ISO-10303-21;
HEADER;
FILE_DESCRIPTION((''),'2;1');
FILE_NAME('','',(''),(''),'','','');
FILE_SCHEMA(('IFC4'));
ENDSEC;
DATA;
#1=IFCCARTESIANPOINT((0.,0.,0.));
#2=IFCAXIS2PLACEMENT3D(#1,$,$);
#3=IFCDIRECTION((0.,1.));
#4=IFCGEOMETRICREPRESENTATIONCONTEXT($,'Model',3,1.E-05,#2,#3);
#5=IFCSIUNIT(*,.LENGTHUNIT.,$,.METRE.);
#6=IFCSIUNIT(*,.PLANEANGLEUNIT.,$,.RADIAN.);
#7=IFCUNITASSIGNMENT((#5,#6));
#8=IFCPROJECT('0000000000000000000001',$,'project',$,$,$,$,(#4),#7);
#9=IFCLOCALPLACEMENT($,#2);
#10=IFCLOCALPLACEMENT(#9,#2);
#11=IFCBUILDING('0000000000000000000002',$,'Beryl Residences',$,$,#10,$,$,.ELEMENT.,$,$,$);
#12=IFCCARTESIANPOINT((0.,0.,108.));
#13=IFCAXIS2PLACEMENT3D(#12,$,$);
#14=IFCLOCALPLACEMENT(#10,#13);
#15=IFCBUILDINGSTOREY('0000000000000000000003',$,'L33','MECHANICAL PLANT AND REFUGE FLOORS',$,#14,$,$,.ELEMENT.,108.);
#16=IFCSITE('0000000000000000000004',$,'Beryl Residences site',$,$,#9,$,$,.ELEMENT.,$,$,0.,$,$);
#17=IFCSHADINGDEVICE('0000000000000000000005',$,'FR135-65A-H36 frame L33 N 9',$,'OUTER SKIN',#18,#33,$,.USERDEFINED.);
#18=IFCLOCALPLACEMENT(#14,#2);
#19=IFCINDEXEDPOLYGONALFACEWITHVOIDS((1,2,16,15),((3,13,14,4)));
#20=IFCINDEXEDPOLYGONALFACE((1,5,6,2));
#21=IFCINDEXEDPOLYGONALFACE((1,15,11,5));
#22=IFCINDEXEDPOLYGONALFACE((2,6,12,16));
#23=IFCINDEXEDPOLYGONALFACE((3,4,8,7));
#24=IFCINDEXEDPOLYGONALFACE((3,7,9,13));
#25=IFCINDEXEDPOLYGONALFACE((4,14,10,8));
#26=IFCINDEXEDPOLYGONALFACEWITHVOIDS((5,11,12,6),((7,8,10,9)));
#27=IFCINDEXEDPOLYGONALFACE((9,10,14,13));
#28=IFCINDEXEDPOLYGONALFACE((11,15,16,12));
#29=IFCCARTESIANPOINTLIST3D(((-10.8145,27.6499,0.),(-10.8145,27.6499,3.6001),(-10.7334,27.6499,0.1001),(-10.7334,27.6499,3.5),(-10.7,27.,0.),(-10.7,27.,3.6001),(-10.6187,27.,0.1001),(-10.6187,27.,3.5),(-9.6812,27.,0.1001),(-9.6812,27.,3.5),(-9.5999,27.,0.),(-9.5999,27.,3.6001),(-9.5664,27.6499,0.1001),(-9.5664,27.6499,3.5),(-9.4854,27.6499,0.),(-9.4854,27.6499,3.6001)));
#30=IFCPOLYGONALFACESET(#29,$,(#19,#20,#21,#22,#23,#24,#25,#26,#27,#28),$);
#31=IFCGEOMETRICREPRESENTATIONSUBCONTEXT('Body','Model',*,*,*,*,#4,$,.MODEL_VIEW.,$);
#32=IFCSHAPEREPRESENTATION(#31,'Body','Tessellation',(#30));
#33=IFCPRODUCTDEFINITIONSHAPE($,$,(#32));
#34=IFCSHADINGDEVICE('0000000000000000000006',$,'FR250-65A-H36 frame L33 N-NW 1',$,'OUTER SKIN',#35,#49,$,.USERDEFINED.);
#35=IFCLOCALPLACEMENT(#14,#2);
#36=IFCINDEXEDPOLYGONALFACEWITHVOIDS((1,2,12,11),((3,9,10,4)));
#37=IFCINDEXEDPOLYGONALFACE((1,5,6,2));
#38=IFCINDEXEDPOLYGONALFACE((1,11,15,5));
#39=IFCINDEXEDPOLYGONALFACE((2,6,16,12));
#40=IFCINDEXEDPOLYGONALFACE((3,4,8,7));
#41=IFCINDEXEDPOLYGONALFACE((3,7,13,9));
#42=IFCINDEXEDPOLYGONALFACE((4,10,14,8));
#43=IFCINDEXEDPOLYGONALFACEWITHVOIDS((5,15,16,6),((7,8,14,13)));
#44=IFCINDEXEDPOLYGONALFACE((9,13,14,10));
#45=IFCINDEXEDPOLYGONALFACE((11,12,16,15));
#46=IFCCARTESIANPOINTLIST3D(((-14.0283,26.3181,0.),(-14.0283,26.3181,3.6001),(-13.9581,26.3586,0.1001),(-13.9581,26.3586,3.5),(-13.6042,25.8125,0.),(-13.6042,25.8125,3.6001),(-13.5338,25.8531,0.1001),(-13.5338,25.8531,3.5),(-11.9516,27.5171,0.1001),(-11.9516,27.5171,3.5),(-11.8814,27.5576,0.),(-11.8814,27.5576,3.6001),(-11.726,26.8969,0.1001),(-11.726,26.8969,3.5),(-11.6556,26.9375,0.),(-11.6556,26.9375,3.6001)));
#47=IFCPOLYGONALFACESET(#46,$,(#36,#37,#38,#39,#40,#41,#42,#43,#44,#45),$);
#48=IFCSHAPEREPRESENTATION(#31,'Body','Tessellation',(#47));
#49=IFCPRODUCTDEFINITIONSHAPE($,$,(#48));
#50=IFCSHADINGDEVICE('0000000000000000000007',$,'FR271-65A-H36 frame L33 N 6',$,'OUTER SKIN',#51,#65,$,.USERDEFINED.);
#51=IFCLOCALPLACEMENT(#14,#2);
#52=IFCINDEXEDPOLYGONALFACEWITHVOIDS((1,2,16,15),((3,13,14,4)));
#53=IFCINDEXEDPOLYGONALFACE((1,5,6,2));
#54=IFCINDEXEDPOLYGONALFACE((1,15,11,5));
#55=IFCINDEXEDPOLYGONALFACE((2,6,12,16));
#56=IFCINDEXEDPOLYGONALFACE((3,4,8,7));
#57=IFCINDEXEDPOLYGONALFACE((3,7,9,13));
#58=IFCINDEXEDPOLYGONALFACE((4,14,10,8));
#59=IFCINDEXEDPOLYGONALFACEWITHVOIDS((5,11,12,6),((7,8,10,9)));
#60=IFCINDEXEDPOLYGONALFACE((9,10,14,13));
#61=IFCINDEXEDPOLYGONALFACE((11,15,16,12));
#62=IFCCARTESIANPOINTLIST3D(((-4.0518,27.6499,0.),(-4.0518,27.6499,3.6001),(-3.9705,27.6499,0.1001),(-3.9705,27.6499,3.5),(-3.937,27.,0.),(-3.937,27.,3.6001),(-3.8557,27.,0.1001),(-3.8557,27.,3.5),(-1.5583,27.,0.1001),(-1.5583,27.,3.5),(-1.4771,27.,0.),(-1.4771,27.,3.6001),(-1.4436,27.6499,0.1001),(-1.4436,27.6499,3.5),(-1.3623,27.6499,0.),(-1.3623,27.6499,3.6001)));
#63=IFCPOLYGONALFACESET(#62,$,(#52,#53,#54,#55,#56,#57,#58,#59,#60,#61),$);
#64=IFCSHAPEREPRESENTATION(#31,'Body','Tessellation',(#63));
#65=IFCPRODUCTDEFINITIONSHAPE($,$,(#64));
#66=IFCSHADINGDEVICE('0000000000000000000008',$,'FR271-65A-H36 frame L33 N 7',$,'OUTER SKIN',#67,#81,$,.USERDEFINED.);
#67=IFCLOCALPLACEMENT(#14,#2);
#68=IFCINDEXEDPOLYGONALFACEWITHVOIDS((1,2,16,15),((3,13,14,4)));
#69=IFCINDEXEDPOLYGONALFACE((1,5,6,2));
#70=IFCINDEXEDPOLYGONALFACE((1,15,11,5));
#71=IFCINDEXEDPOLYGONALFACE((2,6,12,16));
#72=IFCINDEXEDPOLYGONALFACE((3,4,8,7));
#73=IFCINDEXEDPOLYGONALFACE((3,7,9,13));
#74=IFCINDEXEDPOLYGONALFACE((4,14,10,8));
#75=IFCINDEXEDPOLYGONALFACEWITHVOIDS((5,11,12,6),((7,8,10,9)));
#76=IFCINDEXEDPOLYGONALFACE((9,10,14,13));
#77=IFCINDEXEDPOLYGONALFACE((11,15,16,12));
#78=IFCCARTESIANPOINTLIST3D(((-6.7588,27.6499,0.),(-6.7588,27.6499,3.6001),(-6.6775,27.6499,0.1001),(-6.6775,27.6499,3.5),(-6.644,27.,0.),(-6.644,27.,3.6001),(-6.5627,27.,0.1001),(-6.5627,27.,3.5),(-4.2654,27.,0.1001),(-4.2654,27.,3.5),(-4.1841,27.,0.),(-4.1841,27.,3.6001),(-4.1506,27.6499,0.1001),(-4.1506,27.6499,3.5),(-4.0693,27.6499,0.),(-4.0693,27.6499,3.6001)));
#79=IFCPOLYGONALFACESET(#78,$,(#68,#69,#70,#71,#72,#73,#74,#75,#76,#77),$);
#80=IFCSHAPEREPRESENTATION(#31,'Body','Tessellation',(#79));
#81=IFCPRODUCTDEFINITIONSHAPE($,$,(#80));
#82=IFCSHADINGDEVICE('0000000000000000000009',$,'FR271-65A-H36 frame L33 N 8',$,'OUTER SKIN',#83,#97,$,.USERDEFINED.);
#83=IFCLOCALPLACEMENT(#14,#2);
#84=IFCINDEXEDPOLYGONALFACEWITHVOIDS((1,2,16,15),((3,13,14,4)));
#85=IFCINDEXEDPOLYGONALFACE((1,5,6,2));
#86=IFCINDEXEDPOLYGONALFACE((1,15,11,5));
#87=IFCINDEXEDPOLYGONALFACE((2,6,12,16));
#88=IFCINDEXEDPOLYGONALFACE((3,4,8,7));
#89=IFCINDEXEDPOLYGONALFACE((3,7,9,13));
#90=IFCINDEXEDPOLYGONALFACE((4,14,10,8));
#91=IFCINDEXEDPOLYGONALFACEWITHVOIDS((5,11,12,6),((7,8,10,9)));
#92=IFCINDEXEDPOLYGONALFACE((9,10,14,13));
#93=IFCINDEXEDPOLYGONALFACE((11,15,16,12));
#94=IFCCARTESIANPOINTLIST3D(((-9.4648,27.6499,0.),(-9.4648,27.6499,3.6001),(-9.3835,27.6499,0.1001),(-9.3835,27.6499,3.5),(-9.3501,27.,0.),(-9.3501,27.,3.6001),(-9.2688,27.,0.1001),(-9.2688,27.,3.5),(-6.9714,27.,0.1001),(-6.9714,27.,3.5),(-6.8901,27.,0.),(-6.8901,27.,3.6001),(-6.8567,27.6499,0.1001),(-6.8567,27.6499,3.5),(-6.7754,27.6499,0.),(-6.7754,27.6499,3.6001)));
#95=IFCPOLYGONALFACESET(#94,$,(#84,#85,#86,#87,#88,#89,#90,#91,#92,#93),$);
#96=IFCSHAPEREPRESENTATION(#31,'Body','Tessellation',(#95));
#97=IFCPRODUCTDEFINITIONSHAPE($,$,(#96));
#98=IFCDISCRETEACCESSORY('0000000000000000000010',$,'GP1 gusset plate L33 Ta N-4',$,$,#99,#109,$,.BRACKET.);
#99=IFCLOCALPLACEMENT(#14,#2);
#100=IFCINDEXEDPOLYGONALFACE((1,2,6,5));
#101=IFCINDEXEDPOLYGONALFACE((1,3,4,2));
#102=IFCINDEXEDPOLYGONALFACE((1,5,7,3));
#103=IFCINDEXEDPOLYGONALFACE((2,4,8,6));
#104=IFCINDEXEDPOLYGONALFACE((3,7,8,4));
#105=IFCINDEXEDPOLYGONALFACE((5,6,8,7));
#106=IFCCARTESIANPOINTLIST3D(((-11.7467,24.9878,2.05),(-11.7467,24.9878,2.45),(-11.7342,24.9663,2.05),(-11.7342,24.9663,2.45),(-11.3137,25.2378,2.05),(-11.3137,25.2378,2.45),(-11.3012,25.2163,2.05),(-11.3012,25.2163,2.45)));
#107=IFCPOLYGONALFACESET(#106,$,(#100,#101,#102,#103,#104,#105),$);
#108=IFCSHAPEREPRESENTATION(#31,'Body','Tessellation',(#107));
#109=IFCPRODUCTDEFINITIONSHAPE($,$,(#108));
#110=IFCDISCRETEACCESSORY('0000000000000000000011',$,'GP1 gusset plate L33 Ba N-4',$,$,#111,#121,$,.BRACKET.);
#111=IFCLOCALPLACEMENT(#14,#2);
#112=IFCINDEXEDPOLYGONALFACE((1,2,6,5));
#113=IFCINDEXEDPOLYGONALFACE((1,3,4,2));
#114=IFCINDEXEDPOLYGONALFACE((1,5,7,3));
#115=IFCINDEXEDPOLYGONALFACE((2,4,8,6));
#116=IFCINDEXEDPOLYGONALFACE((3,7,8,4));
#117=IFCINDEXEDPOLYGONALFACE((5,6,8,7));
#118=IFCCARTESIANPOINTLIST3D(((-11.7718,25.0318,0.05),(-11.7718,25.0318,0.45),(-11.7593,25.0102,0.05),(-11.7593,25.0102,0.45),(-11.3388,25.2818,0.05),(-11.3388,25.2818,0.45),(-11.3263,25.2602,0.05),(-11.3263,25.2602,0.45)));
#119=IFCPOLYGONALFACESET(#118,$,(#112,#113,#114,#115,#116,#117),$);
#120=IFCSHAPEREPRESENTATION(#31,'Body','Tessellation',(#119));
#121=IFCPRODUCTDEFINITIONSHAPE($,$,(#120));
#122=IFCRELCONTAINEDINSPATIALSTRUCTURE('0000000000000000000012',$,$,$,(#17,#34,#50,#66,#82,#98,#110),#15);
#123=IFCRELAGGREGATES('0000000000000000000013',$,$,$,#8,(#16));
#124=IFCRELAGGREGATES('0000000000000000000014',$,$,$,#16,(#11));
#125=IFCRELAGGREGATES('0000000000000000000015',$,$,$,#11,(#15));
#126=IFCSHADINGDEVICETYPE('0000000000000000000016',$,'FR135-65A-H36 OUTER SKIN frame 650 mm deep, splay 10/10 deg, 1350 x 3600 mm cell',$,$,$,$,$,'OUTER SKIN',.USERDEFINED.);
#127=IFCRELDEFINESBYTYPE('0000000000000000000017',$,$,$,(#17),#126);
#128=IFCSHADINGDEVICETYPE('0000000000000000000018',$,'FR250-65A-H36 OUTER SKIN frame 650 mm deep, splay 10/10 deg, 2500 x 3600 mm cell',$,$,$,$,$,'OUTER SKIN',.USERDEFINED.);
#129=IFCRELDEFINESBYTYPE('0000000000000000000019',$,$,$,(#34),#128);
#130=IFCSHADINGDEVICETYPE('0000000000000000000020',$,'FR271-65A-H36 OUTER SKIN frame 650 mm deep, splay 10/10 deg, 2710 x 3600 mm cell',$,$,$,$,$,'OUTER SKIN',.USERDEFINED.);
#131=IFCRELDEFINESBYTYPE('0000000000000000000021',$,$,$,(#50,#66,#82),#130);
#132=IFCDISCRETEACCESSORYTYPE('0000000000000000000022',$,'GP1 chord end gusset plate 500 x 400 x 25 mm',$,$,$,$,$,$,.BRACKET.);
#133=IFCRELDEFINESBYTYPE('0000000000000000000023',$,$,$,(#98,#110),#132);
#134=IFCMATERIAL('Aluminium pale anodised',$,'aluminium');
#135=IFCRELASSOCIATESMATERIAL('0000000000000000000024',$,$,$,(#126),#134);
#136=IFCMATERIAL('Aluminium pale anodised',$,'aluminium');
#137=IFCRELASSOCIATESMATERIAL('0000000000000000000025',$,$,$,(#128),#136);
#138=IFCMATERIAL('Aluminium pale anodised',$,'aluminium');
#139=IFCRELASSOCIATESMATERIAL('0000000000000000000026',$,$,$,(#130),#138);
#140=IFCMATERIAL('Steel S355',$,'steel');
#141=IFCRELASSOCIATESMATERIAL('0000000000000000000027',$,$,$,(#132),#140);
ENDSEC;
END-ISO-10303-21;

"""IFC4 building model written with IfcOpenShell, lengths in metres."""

from ifc_helpers import new_model, entity, si_unit, direction, frame, origin, origin_2d, place, context, subcontext, project, spatial, rectangle, extrude, source, transform, mapped, material, type_object, type_shapes, element, save


model = new_model("IFC4")

# Units and contexts
model_context = context("Model", 3, precision=1e-05, world=origin(), true_north=direction((0.0, 1.0)))
body_context = subcontext(model_context, "Body", "Model", "MODEL_VIEW")
ifc_project = project(units=[si_unit("LENGTHUNIT", "METRE"), si_unit("PLANEANGLEUNIT", "RADIAN")], contexts=[model_context])

# Site, building, storey
site_placement = place(None, origin())
site = spatial("IfcSite", under=ifc_project, at=site_placement, Name="Beryl Residences site", CompositionType="ELEMENT", RefElevation=0.0)
building_placement = place(site_placement, origin())
building = spatial("IfcBuilding", under=site, at=building_placement, Name="Beryl Residences", CompositionType="ELEMENT")
storey_placement = place(building_placement, frame((0.0, 0.0, 108.0)))
storey = spatial("IfcBuildingStorey", under=building, at=storey_placement, Name="L33", Description="MECHANICAL PLANT AND REFUGE FLOORS", CompositionType="ELEMENT", Elevation=108.0)

# Shading devices
ifc_material_1 = material(Name="Aluminium pale anodised", Category="aluminium")
shading_device_type_1 = type_object("IfcShadingDeviceType", Name="FR135-65A-H36 OUTER SKIN frame 650 mm deep, splay 10/10 deg, 1350 x 3600 mm cell", ElementType="OUTER SKIN", PredefinedType="USERDEFINED", material=ifc_material_1)
cartesian_point_1 = entity("IfcCartesianPoint", [-0.55, 0.0])
cartesian_point_2 = entity("IfcCartesianPoint", [-0.4688, 0.1001])
cartesian_point_3 = entity("IfcCartesianPoint", [-0.6646, 0.0])
cartesian_point_4 = entity("IfcCartesianPoint", [-0.5835, 0.1001])
shared_shape_1 = source(origin(), body_context, "Body", "SweptSolid", [
    entity("IfcExtrudedAreaSolidTapered", entity("IfcArbitraryProfileDefWithVoids", "AREA", None, entity("IfcPolyline", [cartesian_point_1, entity("IfcCartesianPoint", [0.55, 0.0]), entity("IfcCartesianPoint", [0.55, 3.6001]), entity("IfcCartesianPoint", [-0.55, 3.6001]), cartesian_point_1]), [entity("IfcPolyline", [cartesian_point_2, entity("IfcCartesianPoint", [0.4688, 0.1001]), entity("IfcCartesianPoint", [0.4688, 3.5]), entity("IfcCartesianPoint", [-0.4688, 3.5]), cartesian_point_2])]), entity("IfcAxis2Placement3D", entity("IfcCartesianPoint", [0.0, 0.0, 0.0]), entity("IfcDirection", [0.0, 1.0, 0.0]), entity("IfcDirection", [-1.0, 0.0, 0.0])), entity("IfcDirection", [0.0, 0.0, 1.0]), 0.6499, entity("IfcArbitraryProfileDefWithVoids", "AREA", None, entity("IfcPolyline", [cartesian_point_3, entity("IfcCartesianPoint", [0.6646, 0.0]), entity("IfcCartesianPoint", [0.6646, 3.6001]), entity("IfcCartesianPoint", [-0.6646, 3.6001]), cartesian_point_3]), [entity("IfcPolyline", [cartesian_point_4, entity("IfcCartesianPoint", [0.5835, 0.1001]), entity("IfcCartesianPoint", [0.5835, 3.5]), entity("IfcCartesianPoint", [-0.5835, 3.5]), cartesian_point_4])])),
])
type_shapes(shading_device_type_1, [shared_shape_1])
shading_device_1_placement = place(storey_placement, frame((-10.1499, 27.0, 0.0), z_axis=(0.0, 0.0, 1.0), x_axis=(1.0, 0.0, 0.0)))
element("IfcShadingDevice", 1, at=shading_device_1_placement, inside=storey, type_object=shading_device_type_1, Name="FR135-65A-H36 frame L33 N 9", ObjectType="OUTER SKIN", PredefinedType="USERDEFINED", context=body_context, shape_type="MappedRepresentation", body=[
    mapped(shared_shape_1, transform((0.0, 0.0, 0.0))),
])
ifc_material_2 = material(Name="Aluminium pale anodised", Category="aluminium")
shading_device_type_2 = type_object("IfcShadingDeviceType", Name="FR250-65A-H36 OUTER SKIN frame 650 mm deep, splay 10/10 deg, 2500 x 3600 mm cell", ElementType="OUTER SKIN", PredefinedType="USERDEFINED", material=ifc_material_2)
cartesian_point_5 = entity("IfcCartesianPoint", [-1.125, 0.0])
cartesian_point_6 = entity("IfcCartesianPoint", [-1.0437, 0.1001])
cartesian_point_7 = entity("IfcCartesianPoint", [-1.2395, 0.0])
cartesian_point_8 = entity("IfcCartesianPoint", [-1.1584, 0.1001])
shared_shape_2 = source(origin(), body_context, "Body", "SweptSolid", [
    entity("IfcExtrudedAreaSolidTapered", entity("IfcArbitraryProfileDefWithVoids", "AREA", None, entity("IfcPolyline", [cartesian_point_5, entity("IfcCartesianPoint", [1.125, 0.0]), entity("IfcCartesianPoint", [1.125, 3.6001]), entity("IfcCartesianPoint", [-1.125, 3.6001]), cartesian_point_5]), [entity("IfcPolyline", [cartesian_point_6, entity("IfcCartesianPoint", [1.0437, 0.1001]), entity("IfcCartesianPoint", [1.0437, 3.5]), entity("IfcCartesianPoint", [-1.0437, 3.5]), cartesian_point_6])]), entity("IfcAxis2Placement3D", entity("IfcCartesianPoint", [0.0, 0.0, 0.0]), entity("IfcDirection", [0.0, 1.0, 0.0]), entity("IfcDirection", [-1.0, 0.0, 0.0])), entity("IfcDirection", [0.0, 0.0, 1.0]), 0.6499, entity("IfcArbitraryProfileDefWithVoids", "AREA", None, entity("IfcPolyline", [cartesian_point_7, entity("IfcCartesianPoint", [1.2395, 0.0]), entity("IfcCartesianPoint", [1.2395, 3.6001]), entity("IfcCartesianPoint", [-1.2395, 3.6001]), cartesian_point_7]), [entity("IfcPolyline", [cartesian_point_8, entity("IfcCartesianPoint", [1.1584, 0.1001]), entity("IfcCartesianPoint", [1.1584, 3.5]), entity("IfcCartesianPoint", [-1.1584, 3.5]), cartesian_point_8])])),
])
type_shapes(shading_device_type_2, [shared_shape_2])
shading_device_2_placement = place(storey_placement, frame((-12.6299, 26.375, 0.0), z_axis=(0.0, 0.0, 1.0), x_axis=(0.866025, 0.5, 0.0)))
element("IfcShadingDevice", 2, at=shading_device_2_placement, inside=storey, type_object=shading_device_type_2, Name="FR250-65A-H36 frame L33 N-NW 1", ObjectType="OUTER SKIN", PredefinedType="USERDEFINED", context=body_context, shape_type="MappedRepresentation", body=[
    mapped(shared_shape_2, transform((0.0, 0.0, 0.0))),
])
ifc_material_3 = material(Name="Aluminium pale anodised", Category="aluminium")
shading_device_type_3 = type_object("IfcShadingDeviceType", Name="FR271-65A-H36 OUTER SKIN frame 650 mm deep, splay 10/10 deg, 2710 x 3600 mm cell", ElementType="OUTER SKIN", PredefinedType="USERDEFINED", material=ifc_material_3)
cartesian_point_9 = entity("IfcCartesianPoint", [-1.23, 0.0])
cartesian_point_10 = entity("IfcCartesianPoint", [-1.1487, 0.1001])
cartesian_point_11 = entity("IfcCartesianPoint", [-1.3447, 0.0])
cartesian_point_12 = entity("IfcCartesianPoint", [-1.2634, 0.1001])
shared_shape_3 = source(origin(), body_context, "Body", "SweptSolid", [
    entity("IfcExtrudedAreaSolidTapered", entity("IfcArbitraryProfileDefWithVoids", "AREA", None, entity("IfcPolyline", [cartesian_point_9, entity("IfcCartesianPoint", [1.23, 0.0]), entity("IfcCartesianPoint", [1.23, 3.6001]), entity("IfcCartesianPoint", [-1.23, 3.6001]), cartesian_point_9]), [entity("IfcPolyline", [cartesian_point_10, entity("IfcCartesianPoint", [1.1487, 0.1001]), entity("IfcCartesianPoint", [1.1487, 3.5]), entity("IfcCartesianPoint", [-1.1487, 3.5]), cartesian_point_10])]), entity("IfcAxis2Placement3D", entity("IfcCartesianPoint", [0.0, 0.0, 0.0]), entity("IfcDirection", [0.0, 1.0, 0.0]), entity("IfcDirection", [-1.0, 0.0, 0.0])), entity("IfcDirection", [0.0, 0.0, 1.0]), 0.6499, entity("IfcArbitraryProfileDefWithVoids", "AREA", None, entity("IfcPolyline", [cartesian_point_11, entity("IfcCartesianPoint", [1.3447, 0.0]), entity("IfcCartesianPoint", [1.3447, 3.6001]), entity("IfcCartesianPoint", [-1.3447, 3.6001]), cartesian_point_11]), [entity("IfcPolyline", [cartesian_point_12, entity("IfcCartesianPoint", [1.2634, 0.1001]), entity("IfcCartesianPoint", [1.2634, 3.5]), entity("IfcCartesianPoint", [-1.2634, 3.5]), cartesian_point_12])])),
])
type_shapes(shading_device_type_3, [shared_shape_3])
for number, where, z_axis, x_axis, name in (
    (3, (-2.707, 27.0, 0.0), (0.0, 0.0, 1.0), (1.0, 0.0, 0.0), "FR271-65A-H36 frame L33 N 6"),
    (4, (-5.4141, 27.0, 0.0), (0.0, 0.0, 1.0), (1.0, 0.0, 0.0), "FR271-65A-H36 frame L33 N 7"),
    (5, (-8.1201, 27.0, 0.0), (0.0, 0.0, 1.0), (1.0, 0.0, 0.0), "FR271-65A-H36 frame L33 N 8"),
):
    element("IfcShadingDevice", number, at=place(storey_placement, frame(where, z_axis=z_axis, x_axis=x_axis)), inside=storey, type_object=shading_device_type_3, Name=name, ObjectType="OUTER SKIN", PredefinedType="USERDEFINED", context=body_context, shape_type="MappedRepresentation", body=[
        mapped(shared_shape_3, transform((0.0, 0.0, 0.0))),
    ])

# Discrete accessories
ifc_material_4 = material(Name="Steel S355", Category="steel")
discrete_accessory_type = type_object("IfcDiscreteAccessoryType", Name="GP1 chord end gusset plate 500 x 400 x 25 mm", PredefinedType="BRACKET", material=ifc_material_4)
for number, where, z_axis, x_axis, name in (
    (6, (-11.5239, 25.1021, 2.05), (0.0, 0.0, 1.0), (-0.866005, -0.500035, 0.0), "GP1 gusset plate L33 Ta N-4"),
    (7, (-11.5491, 25.146, 0.05), (0.0, 0.0, 1.0), (-0.866005, -0.500035, 0.0), "GP1 gusset plate L33 Ba N-4"),
):
    element("IfcDiscreteAccessory", number, at=place(storey_placement, frame(where, z_axis=z_axis, x_axis=x_axis)), inside=storey, type_object=discrete_accessory_type, Name=name, PredefinedType="BRACKET", context=body_context, shape_type="SweptSolid", body=[
        extrude(rectangle(XDim=0.5, YDim=0.0249, at=origin_2d()), origin(), (0.0, 0.0, 1.0), 0.3999),
    ])

save(model, "model.ifc")
